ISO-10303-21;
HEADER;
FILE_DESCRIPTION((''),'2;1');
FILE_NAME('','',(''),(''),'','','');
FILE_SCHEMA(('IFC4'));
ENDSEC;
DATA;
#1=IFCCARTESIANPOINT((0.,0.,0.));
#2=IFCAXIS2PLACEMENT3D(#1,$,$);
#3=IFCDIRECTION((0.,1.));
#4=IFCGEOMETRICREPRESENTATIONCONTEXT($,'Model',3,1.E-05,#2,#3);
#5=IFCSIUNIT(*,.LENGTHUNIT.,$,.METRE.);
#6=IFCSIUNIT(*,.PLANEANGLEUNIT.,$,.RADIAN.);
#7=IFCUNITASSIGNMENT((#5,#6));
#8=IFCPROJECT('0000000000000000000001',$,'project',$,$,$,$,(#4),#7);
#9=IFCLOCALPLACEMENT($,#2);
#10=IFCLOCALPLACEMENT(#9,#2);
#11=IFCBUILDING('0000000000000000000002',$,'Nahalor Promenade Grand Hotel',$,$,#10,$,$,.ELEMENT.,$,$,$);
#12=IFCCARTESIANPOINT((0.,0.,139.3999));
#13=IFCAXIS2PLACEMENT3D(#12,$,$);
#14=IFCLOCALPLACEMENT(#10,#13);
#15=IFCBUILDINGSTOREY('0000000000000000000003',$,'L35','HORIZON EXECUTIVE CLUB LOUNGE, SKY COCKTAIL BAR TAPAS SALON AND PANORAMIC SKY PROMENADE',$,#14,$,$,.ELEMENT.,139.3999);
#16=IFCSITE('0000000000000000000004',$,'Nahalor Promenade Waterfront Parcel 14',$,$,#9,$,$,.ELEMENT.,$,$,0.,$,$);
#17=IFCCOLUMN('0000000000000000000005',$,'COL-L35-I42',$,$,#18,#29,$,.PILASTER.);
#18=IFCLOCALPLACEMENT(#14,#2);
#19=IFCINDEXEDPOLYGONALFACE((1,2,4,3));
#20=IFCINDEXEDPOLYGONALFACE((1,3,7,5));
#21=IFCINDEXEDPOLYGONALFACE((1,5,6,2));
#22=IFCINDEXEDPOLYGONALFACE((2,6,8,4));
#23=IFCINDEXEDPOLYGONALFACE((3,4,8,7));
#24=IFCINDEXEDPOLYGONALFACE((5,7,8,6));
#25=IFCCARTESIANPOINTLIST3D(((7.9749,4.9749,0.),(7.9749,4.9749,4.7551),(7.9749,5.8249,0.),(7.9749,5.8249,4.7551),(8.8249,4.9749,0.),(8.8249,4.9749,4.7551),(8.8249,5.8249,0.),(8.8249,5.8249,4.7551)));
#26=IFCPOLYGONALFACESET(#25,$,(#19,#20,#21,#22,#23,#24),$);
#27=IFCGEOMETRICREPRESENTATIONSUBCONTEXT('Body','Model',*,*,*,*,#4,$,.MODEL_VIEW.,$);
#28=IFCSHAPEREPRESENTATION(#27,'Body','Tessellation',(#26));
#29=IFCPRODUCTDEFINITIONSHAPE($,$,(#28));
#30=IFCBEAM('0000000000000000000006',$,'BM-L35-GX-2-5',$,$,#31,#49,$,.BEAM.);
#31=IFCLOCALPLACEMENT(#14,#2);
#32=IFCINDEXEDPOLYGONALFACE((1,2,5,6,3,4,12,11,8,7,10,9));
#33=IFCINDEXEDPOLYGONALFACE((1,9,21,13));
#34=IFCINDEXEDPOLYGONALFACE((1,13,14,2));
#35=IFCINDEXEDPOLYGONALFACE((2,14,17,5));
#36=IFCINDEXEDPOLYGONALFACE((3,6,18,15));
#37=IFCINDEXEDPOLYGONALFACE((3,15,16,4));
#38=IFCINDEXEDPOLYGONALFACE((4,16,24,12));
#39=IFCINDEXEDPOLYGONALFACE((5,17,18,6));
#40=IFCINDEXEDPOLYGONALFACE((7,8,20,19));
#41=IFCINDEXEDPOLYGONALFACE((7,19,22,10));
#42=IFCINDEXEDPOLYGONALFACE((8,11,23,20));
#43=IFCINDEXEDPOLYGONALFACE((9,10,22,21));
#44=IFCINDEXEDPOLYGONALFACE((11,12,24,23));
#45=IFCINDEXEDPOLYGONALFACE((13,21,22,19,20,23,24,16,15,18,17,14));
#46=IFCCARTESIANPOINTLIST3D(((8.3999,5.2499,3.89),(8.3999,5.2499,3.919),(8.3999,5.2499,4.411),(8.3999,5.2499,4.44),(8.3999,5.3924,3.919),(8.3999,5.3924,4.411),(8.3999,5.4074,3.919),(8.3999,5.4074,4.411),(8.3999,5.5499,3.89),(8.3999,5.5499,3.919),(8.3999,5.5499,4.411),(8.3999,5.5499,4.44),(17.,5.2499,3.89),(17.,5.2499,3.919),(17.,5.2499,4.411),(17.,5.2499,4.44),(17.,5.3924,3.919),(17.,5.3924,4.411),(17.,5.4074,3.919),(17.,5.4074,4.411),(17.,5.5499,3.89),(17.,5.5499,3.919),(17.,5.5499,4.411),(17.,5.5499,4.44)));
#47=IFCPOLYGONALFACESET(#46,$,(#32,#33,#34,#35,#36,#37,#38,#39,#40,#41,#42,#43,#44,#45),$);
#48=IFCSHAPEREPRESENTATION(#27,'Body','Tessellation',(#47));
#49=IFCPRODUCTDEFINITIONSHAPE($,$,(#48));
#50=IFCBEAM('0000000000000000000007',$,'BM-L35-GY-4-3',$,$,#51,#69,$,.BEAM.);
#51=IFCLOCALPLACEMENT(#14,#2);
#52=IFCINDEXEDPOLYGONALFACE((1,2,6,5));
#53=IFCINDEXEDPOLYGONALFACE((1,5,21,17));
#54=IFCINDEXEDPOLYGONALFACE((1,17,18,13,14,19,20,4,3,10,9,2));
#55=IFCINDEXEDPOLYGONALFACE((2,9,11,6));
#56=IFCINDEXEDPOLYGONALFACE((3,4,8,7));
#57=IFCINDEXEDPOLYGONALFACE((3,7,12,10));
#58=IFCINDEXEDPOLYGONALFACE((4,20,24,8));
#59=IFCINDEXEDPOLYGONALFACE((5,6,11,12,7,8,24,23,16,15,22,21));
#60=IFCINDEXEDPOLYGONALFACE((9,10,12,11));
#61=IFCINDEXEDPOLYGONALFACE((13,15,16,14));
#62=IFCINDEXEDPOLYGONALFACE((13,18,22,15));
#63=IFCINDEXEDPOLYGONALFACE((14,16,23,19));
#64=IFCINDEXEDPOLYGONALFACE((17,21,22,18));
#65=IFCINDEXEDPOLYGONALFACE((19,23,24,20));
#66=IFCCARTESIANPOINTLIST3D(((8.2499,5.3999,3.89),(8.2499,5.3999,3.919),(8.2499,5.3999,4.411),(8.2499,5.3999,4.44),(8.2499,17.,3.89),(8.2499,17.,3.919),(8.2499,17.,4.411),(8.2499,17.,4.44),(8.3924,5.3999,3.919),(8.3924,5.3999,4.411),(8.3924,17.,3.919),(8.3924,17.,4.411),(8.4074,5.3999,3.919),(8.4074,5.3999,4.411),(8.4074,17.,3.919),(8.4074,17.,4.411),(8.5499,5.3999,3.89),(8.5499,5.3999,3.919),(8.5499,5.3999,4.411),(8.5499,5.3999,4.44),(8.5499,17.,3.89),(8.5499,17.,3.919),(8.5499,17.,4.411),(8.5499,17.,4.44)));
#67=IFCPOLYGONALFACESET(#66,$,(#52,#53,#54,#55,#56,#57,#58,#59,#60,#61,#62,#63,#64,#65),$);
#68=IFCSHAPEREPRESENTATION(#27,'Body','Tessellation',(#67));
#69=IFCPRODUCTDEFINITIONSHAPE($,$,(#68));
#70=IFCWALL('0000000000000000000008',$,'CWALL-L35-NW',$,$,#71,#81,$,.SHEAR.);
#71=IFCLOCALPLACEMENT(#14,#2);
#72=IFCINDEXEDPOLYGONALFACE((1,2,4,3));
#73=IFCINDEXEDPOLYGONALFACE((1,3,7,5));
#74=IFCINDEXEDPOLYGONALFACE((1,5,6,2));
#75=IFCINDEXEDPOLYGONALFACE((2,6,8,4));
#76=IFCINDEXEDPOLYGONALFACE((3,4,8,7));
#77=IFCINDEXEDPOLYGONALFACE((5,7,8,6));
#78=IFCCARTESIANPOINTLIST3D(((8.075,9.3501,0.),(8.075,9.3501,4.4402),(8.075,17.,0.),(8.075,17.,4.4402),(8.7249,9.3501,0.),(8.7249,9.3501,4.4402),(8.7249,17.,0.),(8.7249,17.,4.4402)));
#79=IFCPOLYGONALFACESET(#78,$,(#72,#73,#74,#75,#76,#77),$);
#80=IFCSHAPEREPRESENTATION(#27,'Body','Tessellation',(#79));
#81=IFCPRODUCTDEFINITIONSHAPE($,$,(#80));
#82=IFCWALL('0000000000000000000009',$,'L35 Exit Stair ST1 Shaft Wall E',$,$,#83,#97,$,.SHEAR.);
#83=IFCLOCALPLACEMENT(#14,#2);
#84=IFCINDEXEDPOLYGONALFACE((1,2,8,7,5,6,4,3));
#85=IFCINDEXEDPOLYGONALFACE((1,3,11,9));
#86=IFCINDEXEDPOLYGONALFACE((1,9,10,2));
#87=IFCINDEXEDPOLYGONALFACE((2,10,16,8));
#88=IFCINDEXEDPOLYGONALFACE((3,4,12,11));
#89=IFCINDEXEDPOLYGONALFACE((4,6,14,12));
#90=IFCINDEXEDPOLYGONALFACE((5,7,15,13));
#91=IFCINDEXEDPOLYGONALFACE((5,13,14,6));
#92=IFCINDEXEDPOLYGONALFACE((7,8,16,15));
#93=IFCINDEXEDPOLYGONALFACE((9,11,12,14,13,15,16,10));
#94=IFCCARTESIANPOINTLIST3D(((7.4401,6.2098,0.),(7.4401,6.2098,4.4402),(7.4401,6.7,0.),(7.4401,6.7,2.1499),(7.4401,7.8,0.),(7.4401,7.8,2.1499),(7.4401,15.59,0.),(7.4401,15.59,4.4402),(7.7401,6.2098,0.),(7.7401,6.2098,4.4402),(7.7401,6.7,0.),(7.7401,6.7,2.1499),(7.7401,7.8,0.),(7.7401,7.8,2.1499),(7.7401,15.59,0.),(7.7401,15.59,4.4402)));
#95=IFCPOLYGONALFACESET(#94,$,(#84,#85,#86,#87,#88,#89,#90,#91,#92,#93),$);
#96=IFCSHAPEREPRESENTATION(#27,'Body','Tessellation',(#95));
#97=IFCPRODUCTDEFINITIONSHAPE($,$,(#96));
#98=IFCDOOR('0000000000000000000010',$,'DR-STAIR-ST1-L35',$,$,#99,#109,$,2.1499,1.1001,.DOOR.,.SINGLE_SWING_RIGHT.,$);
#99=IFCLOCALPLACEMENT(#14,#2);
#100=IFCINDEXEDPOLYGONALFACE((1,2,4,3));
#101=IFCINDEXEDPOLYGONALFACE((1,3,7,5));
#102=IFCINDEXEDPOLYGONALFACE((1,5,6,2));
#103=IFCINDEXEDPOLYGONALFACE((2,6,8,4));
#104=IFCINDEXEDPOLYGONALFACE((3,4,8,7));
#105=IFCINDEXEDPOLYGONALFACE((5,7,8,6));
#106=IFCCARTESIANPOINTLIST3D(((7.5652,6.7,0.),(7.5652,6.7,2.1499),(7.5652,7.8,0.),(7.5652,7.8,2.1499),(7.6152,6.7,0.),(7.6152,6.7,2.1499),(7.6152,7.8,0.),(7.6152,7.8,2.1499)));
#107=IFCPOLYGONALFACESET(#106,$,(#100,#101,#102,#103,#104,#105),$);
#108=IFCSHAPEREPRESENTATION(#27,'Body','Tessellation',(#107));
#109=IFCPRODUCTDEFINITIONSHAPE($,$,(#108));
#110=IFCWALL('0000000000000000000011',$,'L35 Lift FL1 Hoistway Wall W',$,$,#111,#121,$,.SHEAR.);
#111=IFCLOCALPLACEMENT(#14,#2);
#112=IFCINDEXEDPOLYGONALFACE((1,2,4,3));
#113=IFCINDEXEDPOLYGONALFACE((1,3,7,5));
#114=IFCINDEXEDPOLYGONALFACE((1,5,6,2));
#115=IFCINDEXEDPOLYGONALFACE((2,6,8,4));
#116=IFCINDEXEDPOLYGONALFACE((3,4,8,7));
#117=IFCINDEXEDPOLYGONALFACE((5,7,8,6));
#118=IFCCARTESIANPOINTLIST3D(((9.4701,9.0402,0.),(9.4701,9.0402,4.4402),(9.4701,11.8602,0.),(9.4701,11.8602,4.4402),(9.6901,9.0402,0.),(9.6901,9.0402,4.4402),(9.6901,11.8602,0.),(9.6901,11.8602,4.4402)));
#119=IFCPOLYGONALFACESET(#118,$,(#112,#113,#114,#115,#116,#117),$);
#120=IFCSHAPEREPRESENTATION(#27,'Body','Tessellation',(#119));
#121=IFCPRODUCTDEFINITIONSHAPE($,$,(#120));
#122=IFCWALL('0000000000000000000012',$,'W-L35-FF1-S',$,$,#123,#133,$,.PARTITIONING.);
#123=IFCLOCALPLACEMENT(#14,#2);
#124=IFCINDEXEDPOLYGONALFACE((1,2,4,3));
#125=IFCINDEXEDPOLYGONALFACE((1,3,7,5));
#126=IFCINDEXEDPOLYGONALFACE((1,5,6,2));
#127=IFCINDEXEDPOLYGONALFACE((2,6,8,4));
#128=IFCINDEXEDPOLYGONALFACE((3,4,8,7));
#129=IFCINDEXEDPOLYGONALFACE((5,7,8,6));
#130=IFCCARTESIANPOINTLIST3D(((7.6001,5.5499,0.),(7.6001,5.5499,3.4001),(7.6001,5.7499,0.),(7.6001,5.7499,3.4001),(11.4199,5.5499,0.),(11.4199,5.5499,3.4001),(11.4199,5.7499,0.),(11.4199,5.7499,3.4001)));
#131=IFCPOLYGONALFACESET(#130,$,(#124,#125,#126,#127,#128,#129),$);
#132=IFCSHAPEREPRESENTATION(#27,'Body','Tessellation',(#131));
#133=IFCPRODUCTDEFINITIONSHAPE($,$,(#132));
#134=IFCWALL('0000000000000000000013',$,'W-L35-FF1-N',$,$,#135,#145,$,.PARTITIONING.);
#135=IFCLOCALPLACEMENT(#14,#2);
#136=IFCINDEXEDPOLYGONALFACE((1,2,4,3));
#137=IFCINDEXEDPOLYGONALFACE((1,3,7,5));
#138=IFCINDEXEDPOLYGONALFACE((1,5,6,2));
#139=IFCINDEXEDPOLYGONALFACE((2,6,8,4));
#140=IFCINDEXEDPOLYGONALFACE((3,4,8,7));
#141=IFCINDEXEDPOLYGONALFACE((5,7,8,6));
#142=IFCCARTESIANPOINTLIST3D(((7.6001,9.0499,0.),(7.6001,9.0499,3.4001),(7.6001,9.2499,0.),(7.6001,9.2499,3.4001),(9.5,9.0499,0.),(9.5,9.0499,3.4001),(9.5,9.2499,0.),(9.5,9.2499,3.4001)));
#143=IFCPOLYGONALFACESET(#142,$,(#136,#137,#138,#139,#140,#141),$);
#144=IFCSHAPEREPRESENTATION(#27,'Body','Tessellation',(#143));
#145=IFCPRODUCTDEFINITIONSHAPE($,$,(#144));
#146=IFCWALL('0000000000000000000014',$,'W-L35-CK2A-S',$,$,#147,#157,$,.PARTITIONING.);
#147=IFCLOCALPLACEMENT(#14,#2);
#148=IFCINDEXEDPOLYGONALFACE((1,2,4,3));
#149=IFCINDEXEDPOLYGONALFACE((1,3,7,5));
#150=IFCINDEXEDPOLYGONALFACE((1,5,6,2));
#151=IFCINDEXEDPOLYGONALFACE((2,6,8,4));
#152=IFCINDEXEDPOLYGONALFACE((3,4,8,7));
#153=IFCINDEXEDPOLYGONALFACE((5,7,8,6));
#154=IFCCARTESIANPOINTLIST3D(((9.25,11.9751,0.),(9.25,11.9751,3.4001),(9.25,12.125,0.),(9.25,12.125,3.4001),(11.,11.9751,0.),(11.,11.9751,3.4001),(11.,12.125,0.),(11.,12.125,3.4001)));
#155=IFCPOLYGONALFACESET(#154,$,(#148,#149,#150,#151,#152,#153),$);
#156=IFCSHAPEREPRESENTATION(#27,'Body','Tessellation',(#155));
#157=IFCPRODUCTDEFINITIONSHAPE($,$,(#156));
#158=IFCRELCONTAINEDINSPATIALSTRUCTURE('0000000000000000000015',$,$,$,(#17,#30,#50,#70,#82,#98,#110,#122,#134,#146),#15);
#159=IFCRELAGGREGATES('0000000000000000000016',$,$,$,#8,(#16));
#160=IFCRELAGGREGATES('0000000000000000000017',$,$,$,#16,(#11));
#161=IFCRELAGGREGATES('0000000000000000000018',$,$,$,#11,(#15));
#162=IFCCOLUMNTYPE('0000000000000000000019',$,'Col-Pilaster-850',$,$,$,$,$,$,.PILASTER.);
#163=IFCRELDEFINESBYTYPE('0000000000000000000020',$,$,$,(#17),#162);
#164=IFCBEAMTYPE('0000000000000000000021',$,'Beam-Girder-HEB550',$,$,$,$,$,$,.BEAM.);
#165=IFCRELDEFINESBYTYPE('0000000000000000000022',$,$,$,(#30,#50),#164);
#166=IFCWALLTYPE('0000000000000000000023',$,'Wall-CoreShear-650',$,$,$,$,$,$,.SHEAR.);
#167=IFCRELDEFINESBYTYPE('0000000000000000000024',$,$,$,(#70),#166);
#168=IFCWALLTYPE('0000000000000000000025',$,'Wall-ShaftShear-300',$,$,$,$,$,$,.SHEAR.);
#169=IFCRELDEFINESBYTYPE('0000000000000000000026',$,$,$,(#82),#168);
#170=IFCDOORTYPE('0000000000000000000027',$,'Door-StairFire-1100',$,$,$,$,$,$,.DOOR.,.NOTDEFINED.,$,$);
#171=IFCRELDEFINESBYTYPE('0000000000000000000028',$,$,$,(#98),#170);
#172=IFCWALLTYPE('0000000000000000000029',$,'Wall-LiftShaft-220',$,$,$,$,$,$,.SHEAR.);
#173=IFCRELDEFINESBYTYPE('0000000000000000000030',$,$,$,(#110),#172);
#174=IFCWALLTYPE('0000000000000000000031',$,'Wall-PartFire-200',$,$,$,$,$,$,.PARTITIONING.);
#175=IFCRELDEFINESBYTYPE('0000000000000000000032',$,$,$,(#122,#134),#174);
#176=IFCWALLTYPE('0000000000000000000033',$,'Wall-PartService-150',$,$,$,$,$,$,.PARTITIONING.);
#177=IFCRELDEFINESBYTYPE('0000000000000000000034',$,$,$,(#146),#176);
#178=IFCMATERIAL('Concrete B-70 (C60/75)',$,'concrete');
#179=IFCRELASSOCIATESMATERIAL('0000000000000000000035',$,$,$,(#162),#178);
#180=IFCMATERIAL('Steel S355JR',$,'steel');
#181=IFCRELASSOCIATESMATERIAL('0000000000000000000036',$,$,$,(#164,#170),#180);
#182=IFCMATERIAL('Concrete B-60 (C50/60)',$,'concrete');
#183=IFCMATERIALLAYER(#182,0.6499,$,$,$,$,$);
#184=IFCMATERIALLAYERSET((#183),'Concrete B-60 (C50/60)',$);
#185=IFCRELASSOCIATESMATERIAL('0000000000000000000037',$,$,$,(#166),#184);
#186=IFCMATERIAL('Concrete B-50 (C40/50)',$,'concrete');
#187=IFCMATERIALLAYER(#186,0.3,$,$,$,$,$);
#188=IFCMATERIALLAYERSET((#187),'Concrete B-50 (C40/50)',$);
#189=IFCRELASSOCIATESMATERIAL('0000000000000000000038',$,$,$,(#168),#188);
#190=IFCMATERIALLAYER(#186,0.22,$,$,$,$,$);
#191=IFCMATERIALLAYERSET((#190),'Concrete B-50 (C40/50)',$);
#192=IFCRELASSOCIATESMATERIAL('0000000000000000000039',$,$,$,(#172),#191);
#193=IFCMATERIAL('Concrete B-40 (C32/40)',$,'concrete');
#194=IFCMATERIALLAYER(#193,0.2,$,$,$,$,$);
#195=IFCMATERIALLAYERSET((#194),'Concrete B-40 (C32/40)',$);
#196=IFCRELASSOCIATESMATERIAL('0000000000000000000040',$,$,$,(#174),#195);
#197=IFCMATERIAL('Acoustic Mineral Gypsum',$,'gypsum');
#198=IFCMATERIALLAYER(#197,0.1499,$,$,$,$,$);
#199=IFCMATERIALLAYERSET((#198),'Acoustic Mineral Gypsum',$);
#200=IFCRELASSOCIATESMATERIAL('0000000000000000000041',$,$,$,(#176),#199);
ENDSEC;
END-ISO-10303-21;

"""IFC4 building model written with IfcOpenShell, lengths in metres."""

from ifc_helpers import new_model, si_unit, direction, frame, frame_2d, origin, origin_2d, place, context, subcontext, project, spatial, rectangle, i_section, extrude, source, transform, mapped, material, layer, layer_set, material_profile, profile_set, type_object, element, fill, save


model = new_model("IFC4")

# Units and contexts
model_context = context("Model", 3, precision=1e-05, world=origin(), true_north=direction((0.0, 1.0)))
body_context = subcontext(model_context, "Body", "Model", "MODEL_VIEW")
ifc_project = project(units=[si_unit("LENGTHUNIT", "METRE"), si_unit("PLANEANGLEUNIT", "RADIAN")], contexts=[model_context])

# Site, building, storey
site_placement = place(None, origin())
site = spatial("IfcSite", under=ifc_project, at=site_placement, Name="Nahalor Promenade Waterfront Parcel 14", CompositionType="ELEMENT", RefElevation=0.0)
building_placement = place(site_placement, origin())
building = spatial("IfcBuilding", under=site, at=building_placement, Name="Nahalor Promenade Grand Hotel", CompositionType="ELEMENT")
storey_placement = place(building_placement, frame((0.0, 0.0, 139.3999)))
storey = spatial("IfcBuildingStorey", under=building, at=storey_placement, Name="L35", Description="HORIZON EXECUTIVE CLUB LOUNGE, SKY COCKTAIL BAR TAPAS SALON AND PANORAMIC SKY PROMENADE", CompositionType="ELEMENT", Elevation=139.3999)

# Column
ifc_material_1 = material(Name="Concrete B-70 (C60/75)", Category="concrete")
ifc_material_profile_1 = material_profile(ifc_material_1, rectangle(XDim=0.85, YDim=0.85, at=origin_2d()), Name="RC 850x850")
ifc_profile_set_1 = profile_set([ifc_material_profile_1], Name="Concrete B-70 (C60/75)")
column_type = type_object("IfcColumnType", Name="Col-Pilaster-850", PredefinedType="PILASTER", material=ifc_profile_set_1)
shared_shape_1 = source(origin(), body_context, "Body", "SweptSolid", [
    extrude(rectangle(XDim=0.85, YDim=0.85, at=origin_2d()), origin(), (0.0, 0.0, 1.0), 4.7551),
])
column_placement = place(storey_placement, frame((8.3999, 5.3999, 0.0), z_axis=(0.0, 0.0, 1.0), x_axis=(1.0, 0.0, 0.0)))
element("IfcColumn", 1, at=column_placement, inside=storey, type_object=column_type, Name="COL-L35-I42", PredefinedType="PILASTER", context=body_context, shape_type="MappedRepresentation", body=[
    mapped(shared_shape_1, transform((0.0, 0.0, 0.0), scale=1.0)),
])

# Beams
ifc_material_2 = material(Name="Steel S355JR", Category="steel")
ifc_material_profile_2 = material_profile(ifc_material_2, i_section(OverallWidth=0.3, OverallDepth=0.55, WebThickness=0.015, FlangeThickness=0.029, at=origin_2d()), Name="HEB 550")
ifc_profile_set_2 = profile_set([ifc_material_profile_2], Name="Steel S355JR")
beam_type = type_object("IfcBeamType", Name="Beam-Girder-HEB550", PredefinedType="BEAM", material=ifc_profile_set_2)
shared_shape_2 = source(origin(), body_context, "Body", "SweptSolid", [
    extrude(i_section(OverallWidth=0.3, OverallDepth=0.55, WebThickness=0.015, FlangeThickness=0.029, at=origin_2d()), origin(), (0.0, 0.0, 1.0), 8.6001),
])
beam_1_placement = place(storey_placement, frame((8.3999, 5.3999, 4.165), z_axis=(1.0, 0.0, 0.0), x_axis=(0.0, 1.0, 0.0)))
element("IfcBeam", 2, at=beam_1_placement, inside=storey, type_object=beam_type, Name="BM-L35-GX-2-5", PredefinedType="BEAM", context=body_context, shape_type="MappedRepresentation", body=[
    mapped(shared_shape_2, transform((0.0, 0.0, 0.0), scale=1.0)),
])
shared_shape_3 = source(origin(), body_context, "Body", "SweptSolid", [
    extrude(i_section(OverallWidth=0.3, OverallDepth=0.55, WebThickness=0.015, FlangeThickness=0.029, at=origin_2d()), origin(), (0.0, 0.0, 1.0), 11.6001),
])
beam_2_placement = place(storey_placement, frame((8.3999, 5.3999, 4.165), z_axis=(0.0, 1.0, 0.0), x_axis=(-1.0, 0.0, 0.0)))
element("IfcBeam", 3, at=beam_2_placement, inside=storey, type_object=beam_type, Name="BM-L35-GY-4-3", PredefinedType="BEAM", context=body_context, shape_type="MappedRepresentation", body=[
    mapped(shared_shape_3, transform((0.0, 0.0, 0.0), scale=1.0)),
])

# Wall
ifc_material_3 = material(Name="Concrete B-60 (C50/60)", Category="concrete")
ifc_layer_1 = layer(ifc_material_3, 0.6499)
ifc_layer_set_1 = layer_set([ifc_layer_1], Name="Concrete B-60 (C50/60)")
wall_type_1 = type_object("IfcWallType", Name="Wall-CoreShear-650", PredefinedType="SHEAR", material=ifc_layer_set_1)
shared_shape_4 = source(origin(), body_context, "Body", "SweptSolid", [
    extrude(rectangle(XDim=7.6499, YDim=0.6499, at=frame_2d((3.825, 0.0))), origin(), (0.0, 0.0, 1.0), 4.4402),
])
wall_1_placement = place(storey_placement, frame((8.3999, 9.3501, 0.0), z_axis=(0.0, 0.0, 1.0), x_axis=(0.0, 1.0, 0.0)))
element("IfcWall", 4, at=wall_1_placement, inside=storey, type_object=wall_type_1, Name="CWALL-L35-NW", PredefinedType="SHEAR", context=body_context, shape_type="MappedRepresentation", body=[
    mapped(shared_shape_4, transform((0.0, 0.0, 0.0), scale=1.0)),
])

# Wall, opening, door
ifc_material_4 = material(Name="Concrete B-50 (C40/50)", Category="concrete")
ifc_layer_2 = layer(ifc_material_4, 0.3)
ifc_layer_set_2 = layer_set([ifc_layer_2], Name="Concrete B-50 (C40/50)")
wall_type_2 = type_object("IfcWallType", Name="Wall-ShaftShear-300", PredefinedType="SHEAR", material=ifc_layer_set_2)
shared_shape_5 = source(origin(), body_context, "Body", "SweptSolid", [
    extrude(rectangle(XDim=9.3801, YDim=0.3, at=frame_2d((4.6899, 0.0))), origin(), (0.0, 0.0, 1.0), 4.4402),
])
wall_2_placement = place(storey_placement, frame((7.5901, 6.21, 0.0), z_axis=(0.0, 0.0, 1.0), x_axis=(0.0, 1.0, 0.0)))
wall_2 = element("IfcWall", 5, at=wall_2_placement, inside=storey, type_object=wall_type_2, Name="L35 Exit Stair ST1 Shaft Wall E", PredefinedType="SHEAR", context=body_context, shape_type="MappedRepresentation", body=[
    mapped(shared_shape_5, transform((0.0, 0.0, 0.0), scale=1.0)),
])
opening_placement = place(wall_2_placement, frame((0.49, 0.0, 0.0)))
opening = element("IfcOpeningElement", 6, at=opening_placement, cuts=wall_2, PredefinedType="OPENING", context=body_context, shape_type="SweptSolid", body=[
    extrude(rectangle(XDim=1.1001, YDim=2.1499, at=frame_2d((0.55, 1.075))), frame((0.0, 0.1599, 0.0), z_axis=(0.0, -1.0, 0.0), x_axis=(1.0, 0.0, 0.0)), (0.0, 0.0, 1.0), 0.3201),
])
door_type = type_object("IfcDoorType", Name="Door-StairFire-1100", OperationType="NOTDEFINED", PredefinedType="DOOR", material=ifc_material_2)
shared_shape_6 = source(origin(), body_context, "Body", "SweptSolid", [
    extrude(rectangle(XDim=1.1001, YDim=2.1499, at=frame_2d((0.55, 1.075))), frame((0.0, 0.0249, 0.0), z_axis=(0.0, -1.0, 0.0), x_axis=(1.0, 0.0, 0.0)), (0.0, 0.0, 1.0), 0.05),
])
door_placement = place(opening_placement, origin())
door = element("IfcDoor", 7, at=door_placement, inside=storey, type_object=door_type, Name="DR-STAIR-ST1-L35", OperationType="SINGLE_SWING_RIGHT", OverallHeight=2.1499, OverallWidth=1.1001, PredefinedType="DOOR", context=body_context, shape_type="MappedRepresentation", body=[
    mapped(shared_shape_6, transform((0.0, 0.0, 0.0), scale=1.0)),
])
fill(opening, door)

# Walls
ifc_layer_3 = layer(ifc_material_4, 0.22)
ifc_layer_set_3 = layer_set([ifc_layer_3], Name="Concrete B-50 (C40/50)")
wall_type_3 = type_object("IfcWallType", Name="Wall-LiftShaft-220", PredefinedType="SHEAR", material=ifc_layer_set_3)
shared_shape_7 = source(origin(), body_context, "Body", "SweptSolid", [
    extrude(rectangle(XDim=2.8201, YDim=0.22, at=frame_2d((1.4102, 0.0))), origin(), (0.0, 0.0, 1.0), 4.4402),
])
wall_3_placement = place(storey_placement, frame((9.5801, 9.04, 0.0), z_axis=(0.0, 0.0, 1.0), x_axis=(0.0, 1.0, 0.0)))
element("IfcWall", 8, at=wall_3_placement, inside=storey, type_object=wall_type_3, Name="L35 Lift FL1 Hoistway Wall W", PredefinedType="SHEAR", context=body_context, shape_type="MappedRepresentation", body=[
    mapped(shared_shape_7, transform((0.0, 0.0, 0.0), scale=1.0)),
])
ifc_material_5 = material(Name="Concrete B-40 (C32/40)", Category="concrete")
ifc_layer_4 = layer(ifc_material_5, 0.2)
ifc_layer_set_4 = layer_set([ifc_layer_4], Name="Concrete B-40 (C32/40)")
wall_type_4 = type_object("IfcWallType", Name="Wall-PartFire-200", PredefinedType="PARTITIONING", material=ifc_layer_set_4)
shared_shape_8 = source(origin(), body_context, "Body", "SweptSolid", [
    extrude(rectangle(XDim=3.8198, YDim=0.2, at=frame_2d((1.9099, 0.0))), origin(), (0.0, 0.0, 1.0), 3.4001),
])
wall_4_placement = place(storey_placement, frame((7.6001, 5.6499, 0.0), z_axis=(0.0, 0.0, 1.0), x_axis=(1.0, 0.0, 0.0)))
element("IfcWall", 9, at=wall_4_placement, inside=storey, type_object=wall_type_4, Name="W-L35-FF1-S", PredefinedType="PARTITIONING", context=body_context, shape_type="MappedRepresentation", body=[
    mapped(shared_shape_8, transform((0.0, 0.0, 0.0), scale=1.0)),
])
shared_shape_9 = source(origin(), body_context, "Body", "SweptSolid", [
    extrude(rectangle(XDim=1.8999, YDim=0.2, at=frame_2d((0.95, 0.0))), origin(), (0.0, 0.0, 1.0), 3.4001),
])
wall_5_placement = place(storey_placement, frame((7.6001, 9.1499, 0.0), z_axis=(0.0, 0.0, 1.0), x_axis=(1.0, 0.0, 0.0)))
element("IfcWall", 10, at=wall_5_placement, inside=storey, type_object=wall_type_4, Name="W-L35-FF1-N", PredefinedType="PARTITIONING", context=body_context, shape_type="MappedRepresentation", body=[
    mapped(shared_shape_9, transform((0.0, 0.0, 0.0), scale=1.0)),
])
ifc_material_6 = material(Name="Acoustic Mineral Gypsum", Category="gypsum")
ifc_layer_5 = layer(ifc_material_6, 0.1499)
ifc_layer_set_5 = layer_set([ifc_layer_5], Name="Acoustic Mineral Gypsum")
wall_type_5 = type_object("IfcWallType", Name="Wall-PartService-150", PredefinedType="PARTITIONING", material=ifc_layer_set_5)
shared_shape_10 = source(origin(), body_context, "Body", "SweptSolid", [
    extrude(rectangle(XDim=1.75, YDim=0.1499, at=frame_2d((0.875, 0.0))), origin(), (0.0, 0.0, 1.0), 3.4001),
])
wall_6_placement = place(storey_placement, frame((9.25, 12.05, 0.0), z_axis=(0.0, 0.0, 1.0), x_axis=(1.0, 0.0, 0.0)))
element("IfcWall", 11, at=wall_6_placement, inside=storey, type_object=wall_type_5, Name="W-L35-CK2A-S", PredefinedType="PARTITIONING", context=body_context, shape_type="MappedRepresentation", body=[
    mapped(shared_shape_10, transform((0.0, 0.0, 0.0), scale=1.0)),
])

save(model, "model.ifc")
